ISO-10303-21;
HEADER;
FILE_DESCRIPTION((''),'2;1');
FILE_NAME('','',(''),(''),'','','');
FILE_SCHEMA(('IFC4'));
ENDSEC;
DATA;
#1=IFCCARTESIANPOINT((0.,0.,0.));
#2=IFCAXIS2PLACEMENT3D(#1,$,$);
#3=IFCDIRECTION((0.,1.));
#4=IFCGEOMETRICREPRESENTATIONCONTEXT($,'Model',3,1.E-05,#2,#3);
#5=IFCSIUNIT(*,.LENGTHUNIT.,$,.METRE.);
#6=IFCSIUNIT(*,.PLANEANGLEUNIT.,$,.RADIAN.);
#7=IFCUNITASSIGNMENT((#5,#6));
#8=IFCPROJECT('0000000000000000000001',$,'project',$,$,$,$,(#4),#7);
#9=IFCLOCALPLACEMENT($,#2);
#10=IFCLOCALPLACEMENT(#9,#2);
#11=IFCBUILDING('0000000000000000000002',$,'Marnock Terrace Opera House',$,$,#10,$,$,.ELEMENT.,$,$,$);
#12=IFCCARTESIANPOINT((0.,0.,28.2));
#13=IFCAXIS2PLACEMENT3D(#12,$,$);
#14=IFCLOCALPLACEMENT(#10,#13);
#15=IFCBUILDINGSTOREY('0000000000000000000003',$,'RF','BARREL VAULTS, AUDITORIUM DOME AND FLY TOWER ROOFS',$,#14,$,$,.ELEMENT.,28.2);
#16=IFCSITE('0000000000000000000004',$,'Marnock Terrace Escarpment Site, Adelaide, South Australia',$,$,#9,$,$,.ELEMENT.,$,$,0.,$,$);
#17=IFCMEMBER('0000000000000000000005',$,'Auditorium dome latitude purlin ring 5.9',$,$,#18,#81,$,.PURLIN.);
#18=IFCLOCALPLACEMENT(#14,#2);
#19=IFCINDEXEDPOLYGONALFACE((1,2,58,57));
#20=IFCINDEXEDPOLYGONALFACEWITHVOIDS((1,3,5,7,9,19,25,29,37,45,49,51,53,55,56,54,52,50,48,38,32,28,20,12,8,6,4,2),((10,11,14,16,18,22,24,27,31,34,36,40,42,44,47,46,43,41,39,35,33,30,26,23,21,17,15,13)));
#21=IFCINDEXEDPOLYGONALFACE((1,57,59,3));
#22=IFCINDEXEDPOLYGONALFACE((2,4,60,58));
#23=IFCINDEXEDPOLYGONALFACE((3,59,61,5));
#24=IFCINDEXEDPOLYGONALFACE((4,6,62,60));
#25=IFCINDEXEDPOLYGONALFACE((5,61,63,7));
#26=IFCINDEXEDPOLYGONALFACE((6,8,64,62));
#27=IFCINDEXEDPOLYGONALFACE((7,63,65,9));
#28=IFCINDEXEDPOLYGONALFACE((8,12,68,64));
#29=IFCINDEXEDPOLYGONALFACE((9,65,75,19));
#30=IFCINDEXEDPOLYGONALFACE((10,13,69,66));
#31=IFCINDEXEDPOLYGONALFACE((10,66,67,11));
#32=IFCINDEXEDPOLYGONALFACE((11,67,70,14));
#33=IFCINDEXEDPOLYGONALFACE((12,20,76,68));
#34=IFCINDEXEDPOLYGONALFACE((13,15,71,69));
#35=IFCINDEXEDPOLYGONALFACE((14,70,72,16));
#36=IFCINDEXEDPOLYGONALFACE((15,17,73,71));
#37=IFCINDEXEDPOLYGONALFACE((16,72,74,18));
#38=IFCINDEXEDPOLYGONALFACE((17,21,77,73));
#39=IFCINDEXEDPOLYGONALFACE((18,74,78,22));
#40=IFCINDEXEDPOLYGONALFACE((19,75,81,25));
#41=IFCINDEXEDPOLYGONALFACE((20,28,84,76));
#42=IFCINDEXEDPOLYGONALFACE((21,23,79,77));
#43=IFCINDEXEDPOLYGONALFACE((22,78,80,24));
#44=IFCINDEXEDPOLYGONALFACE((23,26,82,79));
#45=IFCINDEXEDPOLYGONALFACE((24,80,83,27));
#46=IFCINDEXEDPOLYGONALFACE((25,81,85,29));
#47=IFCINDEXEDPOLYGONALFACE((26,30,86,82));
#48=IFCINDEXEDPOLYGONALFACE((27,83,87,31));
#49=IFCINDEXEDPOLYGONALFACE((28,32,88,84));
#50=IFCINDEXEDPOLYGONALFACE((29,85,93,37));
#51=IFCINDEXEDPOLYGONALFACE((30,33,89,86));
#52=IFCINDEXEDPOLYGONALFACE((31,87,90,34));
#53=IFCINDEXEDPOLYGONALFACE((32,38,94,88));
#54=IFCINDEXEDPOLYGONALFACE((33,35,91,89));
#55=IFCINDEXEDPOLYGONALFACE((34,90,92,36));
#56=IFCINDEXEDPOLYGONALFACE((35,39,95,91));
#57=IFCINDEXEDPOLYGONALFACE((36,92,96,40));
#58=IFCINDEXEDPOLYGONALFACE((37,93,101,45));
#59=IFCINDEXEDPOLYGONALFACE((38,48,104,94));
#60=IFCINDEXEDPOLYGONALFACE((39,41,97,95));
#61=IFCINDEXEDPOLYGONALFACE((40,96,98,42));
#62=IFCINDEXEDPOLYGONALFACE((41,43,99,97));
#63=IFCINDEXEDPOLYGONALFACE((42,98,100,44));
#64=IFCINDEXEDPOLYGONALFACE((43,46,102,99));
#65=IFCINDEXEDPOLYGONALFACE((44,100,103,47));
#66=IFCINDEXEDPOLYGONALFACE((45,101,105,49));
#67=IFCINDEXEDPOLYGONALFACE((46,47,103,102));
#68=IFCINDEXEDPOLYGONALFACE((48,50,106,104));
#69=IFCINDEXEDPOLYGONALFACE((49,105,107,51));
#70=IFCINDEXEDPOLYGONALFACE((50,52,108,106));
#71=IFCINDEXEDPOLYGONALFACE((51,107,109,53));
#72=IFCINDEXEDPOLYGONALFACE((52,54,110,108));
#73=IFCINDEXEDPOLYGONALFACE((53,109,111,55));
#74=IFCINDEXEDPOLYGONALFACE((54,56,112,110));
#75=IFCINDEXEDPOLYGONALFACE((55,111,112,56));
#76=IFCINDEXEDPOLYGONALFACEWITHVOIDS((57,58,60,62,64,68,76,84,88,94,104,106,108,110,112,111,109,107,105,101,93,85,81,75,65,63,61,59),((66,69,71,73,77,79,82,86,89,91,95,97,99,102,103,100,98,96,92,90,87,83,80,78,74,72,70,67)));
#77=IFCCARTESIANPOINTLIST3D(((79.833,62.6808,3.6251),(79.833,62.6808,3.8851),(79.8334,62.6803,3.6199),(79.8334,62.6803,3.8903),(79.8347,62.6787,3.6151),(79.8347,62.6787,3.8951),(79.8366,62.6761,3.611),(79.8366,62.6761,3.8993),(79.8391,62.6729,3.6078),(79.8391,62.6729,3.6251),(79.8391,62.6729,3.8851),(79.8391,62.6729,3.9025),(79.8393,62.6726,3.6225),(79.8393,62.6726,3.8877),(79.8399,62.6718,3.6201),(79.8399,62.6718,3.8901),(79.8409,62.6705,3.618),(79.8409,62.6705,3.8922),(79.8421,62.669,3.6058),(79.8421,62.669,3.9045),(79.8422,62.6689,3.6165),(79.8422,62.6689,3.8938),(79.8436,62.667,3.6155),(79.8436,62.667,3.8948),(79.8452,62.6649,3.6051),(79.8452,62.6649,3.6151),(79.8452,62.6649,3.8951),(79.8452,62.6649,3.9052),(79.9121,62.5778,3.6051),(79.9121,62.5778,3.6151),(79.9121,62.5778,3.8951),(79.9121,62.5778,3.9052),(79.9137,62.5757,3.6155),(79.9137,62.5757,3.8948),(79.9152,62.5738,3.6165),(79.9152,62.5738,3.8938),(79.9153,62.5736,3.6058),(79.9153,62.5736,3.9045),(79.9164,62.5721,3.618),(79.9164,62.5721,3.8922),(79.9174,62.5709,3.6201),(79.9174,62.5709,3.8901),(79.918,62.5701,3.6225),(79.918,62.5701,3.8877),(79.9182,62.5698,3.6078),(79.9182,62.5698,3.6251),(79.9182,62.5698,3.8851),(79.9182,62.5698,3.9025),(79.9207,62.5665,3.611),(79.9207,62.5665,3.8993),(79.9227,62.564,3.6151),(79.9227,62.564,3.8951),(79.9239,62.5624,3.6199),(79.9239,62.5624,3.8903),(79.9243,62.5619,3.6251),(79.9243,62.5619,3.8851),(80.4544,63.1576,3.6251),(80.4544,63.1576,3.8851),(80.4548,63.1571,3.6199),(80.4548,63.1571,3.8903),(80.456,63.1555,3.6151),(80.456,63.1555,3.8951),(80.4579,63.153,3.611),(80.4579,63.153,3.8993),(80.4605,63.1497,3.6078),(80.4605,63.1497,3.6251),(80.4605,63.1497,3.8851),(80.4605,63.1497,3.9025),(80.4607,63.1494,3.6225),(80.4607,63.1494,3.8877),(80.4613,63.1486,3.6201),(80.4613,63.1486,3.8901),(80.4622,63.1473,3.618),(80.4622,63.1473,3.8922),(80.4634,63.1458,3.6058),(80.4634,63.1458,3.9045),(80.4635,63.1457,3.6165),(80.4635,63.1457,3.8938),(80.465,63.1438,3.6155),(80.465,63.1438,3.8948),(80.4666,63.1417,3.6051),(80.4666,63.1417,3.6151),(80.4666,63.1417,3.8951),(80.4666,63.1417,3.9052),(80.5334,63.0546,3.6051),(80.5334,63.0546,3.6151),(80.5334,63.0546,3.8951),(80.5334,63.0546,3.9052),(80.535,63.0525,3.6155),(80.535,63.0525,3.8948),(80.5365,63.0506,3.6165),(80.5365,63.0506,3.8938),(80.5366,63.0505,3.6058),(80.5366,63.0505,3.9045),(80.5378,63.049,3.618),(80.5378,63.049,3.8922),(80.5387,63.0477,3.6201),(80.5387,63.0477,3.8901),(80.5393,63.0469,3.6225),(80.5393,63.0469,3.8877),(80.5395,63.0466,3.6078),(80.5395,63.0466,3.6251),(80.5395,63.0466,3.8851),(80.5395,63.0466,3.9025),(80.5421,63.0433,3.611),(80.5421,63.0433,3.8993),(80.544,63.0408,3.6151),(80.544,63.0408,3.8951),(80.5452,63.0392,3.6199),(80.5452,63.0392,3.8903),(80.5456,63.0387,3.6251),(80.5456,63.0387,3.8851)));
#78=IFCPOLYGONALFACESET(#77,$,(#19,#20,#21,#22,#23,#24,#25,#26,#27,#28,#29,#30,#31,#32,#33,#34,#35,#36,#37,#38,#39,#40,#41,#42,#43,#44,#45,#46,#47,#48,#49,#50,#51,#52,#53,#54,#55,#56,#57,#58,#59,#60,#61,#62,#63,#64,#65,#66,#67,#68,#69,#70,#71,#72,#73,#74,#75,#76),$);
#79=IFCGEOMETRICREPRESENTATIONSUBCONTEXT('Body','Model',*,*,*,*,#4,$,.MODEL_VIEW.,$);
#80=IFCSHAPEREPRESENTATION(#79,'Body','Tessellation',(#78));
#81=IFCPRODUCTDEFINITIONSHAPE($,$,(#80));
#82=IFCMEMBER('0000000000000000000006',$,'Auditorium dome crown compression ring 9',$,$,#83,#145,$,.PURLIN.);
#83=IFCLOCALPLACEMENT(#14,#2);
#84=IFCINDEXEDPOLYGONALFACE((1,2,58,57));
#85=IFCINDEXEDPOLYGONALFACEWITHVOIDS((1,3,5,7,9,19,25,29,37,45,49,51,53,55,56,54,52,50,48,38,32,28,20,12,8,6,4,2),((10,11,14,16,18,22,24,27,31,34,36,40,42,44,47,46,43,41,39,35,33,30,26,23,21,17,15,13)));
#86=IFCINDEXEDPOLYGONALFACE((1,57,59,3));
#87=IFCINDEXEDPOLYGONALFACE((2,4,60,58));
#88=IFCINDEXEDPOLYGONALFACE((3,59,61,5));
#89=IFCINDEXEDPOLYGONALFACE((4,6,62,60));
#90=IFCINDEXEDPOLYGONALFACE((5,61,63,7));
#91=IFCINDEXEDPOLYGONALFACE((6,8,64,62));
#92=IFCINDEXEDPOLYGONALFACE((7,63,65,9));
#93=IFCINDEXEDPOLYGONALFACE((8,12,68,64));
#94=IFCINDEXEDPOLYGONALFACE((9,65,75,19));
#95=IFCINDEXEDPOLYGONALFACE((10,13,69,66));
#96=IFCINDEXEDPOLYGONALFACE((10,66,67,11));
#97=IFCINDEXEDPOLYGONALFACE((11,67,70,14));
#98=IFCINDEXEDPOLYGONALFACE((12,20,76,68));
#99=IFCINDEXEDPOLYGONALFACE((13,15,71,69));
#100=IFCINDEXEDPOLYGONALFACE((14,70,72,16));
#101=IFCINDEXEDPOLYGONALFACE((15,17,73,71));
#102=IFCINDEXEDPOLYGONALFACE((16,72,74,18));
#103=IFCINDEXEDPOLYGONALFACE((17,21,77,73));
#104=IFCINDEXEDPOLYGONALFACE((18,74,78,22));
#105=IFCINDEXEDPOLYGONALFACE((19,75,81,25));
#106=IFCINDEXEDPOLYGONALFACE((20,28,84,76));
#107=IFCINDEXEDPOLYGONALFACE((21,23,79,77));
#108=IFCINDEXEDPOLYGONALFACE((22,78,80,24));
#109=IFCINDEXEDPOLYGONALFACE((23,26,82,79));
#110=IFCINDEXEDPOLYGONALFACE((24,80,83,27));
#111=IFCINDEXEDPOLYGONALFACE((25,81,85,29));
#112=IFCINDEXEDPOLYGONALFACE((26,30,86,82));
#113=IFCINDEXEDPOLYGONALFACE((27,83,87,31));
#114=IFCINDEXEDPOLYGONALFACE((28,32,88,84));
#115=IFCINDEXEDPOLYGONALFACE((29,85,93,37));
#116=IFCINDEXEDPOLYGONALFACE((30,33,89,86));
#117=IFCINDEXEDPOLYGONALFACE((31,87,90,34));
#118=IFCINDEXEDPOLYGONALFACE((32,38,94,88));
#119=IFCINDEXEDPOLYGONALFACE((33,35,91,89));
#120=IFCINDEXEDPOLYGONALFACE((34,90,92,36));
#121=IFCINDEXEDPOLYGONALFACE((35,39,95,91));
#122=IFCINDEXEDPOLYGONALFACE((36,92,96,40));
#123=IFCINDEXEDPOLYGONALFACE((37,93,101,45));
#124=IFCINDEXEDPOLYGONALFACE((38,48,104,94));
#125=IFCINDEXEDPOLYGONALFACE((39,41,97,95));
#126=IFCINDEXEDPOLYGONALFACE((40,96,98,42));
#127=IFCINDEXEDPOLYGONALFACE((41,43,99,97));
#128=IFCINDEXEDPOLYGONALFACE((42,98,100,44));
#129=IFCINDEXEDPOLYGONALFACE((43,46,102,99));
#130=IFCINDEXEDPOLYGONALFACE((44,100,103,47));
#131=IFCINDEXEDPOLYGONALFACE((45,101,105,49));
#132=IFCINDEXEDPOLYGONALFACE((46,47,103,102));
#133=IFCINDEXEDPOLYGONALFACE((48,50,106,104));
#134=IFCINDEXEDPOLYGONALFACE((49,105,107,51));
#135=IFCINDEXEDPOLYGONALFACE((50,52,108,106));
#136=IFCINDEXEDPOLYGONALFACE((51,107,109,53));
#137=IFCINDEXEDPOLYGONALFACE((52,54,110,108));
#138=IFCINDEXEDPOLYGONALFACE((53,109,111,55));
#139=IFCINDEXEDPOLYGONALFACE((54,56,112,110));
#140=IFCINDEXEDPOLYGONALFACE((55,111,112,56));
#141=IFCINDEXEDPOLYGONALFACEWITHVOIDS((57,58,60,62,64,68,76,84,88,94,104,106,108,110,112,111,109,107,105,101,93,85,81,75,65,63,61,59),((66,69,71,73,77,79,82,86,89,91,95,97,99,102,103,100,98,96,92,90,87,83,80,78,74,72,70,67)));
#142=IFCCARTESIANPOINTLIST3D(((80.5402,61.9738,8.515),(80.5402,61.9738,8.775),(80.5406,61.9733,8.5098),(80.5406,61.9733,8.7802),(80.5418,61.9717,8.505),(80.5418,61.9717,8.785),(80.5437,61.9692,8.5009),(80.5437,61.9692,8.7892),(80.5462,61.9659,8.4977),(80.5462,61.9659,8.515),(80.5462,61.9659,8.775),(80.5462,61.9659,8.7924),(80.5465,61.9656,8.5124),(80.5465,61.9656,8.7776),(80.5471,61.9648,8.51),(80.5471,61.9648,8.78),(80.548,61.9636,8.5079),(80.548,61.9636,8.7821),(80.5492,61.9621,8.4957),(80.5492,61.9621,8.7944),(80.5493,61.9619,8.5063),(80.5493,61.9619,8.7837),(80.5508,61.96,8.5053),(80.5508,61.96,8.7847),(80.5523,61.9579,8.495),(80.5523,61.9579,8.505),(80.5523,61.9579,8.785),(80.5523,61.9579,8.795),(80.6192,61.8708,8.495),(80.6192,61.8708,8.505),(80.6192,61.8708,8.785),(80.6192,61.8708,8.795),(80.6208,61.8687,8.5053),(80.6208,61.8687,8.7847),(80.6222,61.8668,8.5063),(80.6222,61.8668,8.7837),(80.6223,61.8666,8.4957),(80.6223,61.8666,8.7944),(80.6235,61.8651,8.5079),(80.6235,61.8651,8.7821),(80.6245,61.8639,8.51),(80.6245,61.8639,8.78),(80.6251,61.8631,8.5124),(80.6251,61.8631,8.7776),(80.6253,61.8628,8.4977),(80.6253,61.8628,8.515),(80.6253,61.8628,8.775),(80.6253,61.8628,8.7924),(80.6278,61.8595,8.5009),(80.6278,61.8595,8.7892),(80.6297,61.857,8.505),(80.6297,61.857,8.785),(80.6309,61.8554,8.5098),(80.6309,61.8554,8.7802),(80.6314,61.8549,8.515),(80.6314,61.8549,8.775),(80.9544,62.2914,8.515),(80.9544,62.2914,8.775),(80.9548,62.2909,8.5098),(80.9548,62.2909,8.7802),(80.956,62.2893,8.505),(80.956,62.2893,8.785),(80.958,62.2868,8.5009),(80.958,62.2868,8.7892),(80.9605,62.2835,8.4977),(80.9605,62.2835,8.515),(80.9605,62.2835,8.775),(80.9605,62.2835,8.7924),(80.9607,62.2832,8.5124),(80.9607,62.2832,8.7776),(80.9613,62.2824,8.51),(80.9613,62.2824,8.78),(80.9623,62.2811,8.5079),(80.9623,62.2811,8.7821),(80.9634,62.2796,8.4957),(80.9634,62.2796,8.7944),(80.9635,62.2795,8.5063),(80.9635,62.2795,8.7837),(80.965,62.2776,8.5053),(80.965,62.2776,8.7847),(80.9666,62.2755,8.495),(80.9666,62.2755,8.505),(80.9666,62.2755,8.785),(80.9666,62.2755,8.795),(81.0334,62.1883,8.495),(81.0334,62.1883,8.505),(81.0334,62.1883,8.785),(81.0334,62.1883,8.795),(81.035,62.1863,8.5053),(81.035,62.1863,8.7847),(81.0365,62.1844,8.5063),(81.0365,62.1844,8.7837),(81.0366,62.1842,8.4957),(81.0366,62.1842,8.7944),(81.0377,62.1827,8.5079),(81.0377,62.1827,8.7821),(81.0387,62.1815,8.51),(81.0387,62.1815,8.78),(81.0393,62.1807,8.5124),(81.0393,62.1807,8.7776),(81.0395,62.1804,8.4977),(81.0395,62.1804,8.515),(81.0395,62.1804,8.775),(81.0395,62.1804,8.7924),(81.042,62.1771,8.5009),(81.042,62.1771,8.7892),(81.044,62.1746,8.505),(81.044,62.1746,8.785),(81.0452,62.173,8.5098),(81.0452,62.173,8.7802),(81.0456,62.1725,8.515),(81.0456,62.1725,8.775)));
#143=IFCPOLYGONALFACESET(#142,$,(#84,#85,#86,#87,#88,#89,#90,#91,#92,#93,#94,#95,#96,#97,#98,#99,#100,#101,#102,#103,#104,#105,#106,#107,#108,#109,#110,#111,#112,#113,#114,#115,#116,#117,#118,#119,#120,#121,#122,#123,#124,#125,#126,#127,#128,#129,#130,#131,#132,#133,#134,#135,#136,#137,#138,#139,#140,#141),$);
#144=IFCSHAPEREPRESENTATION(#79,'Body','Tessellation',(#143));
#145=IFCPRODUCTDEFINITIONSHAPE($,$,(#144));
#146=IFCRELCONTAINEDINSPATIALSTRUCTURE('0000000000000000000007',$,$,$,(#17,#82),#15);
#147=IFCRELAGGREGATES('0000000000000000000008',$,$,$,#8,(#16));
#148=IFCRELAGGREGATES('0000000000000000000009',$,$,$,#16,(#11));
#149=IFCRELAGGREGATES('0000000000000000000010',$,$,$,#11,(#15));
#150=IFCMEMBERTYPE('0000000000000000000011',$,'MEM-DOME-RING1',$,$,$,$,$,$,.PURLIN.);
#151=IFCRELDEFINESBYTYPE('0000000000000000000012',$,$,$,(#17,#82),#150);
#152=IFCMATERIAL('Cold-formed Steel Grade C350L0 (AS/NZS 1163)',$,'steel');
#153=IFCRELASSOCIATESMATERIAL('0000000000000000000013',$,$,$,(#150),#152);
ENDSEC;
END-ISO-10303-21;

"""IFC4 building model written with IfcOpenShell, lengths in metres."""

from ifc_helpers import new_model, si_unit, direction, frame, origin, origin_2d, place, context, subcontext, project, spatial, hollow_rectangle, extrude, material, material_profile, profile_set, type_object, element, save


model = new_model("IFC4")

# Units and contexts
model_context = context("Model", 3, precision=1e-05, world=origin(), true_north=direction((0.0, 1.0)))
body_context = subcontext(model_context, "Body", "Model", "MODEL_VIEW")
ifc_project = project(units=[si_unit("LENGTHUNIT", "METRE"), si_unit("PLANEANGLEUNIT", "RADIAN")], contexts=[model_context])

# Site, building, storey
site_placement = place(None, origin())
site = spatial("IfcSite", under=ifc_project, at=site_placement, Name="Marnock Terrace Escarpment Site, Adelaide, South Australia", CompositionType="ELEMENT", RefElevation=0.0)
building_placement = place(site_placement, origin())
building = spatial("IfcBuilding", under=site, at=building_placement, Name="Marnock Terrace Opera House", CompositionType="ELEMENT")
storey_placement = place(building_placement, frame((0.0, 0.0, 28.2)))
storey = spatial("IfcBuildingStorey", under=building, at=storey_placement, Name="RF", Description="BARREL VAULTS, AUDITORIUM DOME AND FLY TOWER ROOFS", CompositionType="ELEMENT", Elevation=28.2)

# Members
ifc_material_1 = material(Name="Cold-formed Steel Grade C350L0 (AS/NZS 1163)", Category="steel")
ifc_material_profile_1 = material_profile(ifc_material_1, hollow_rectangle(XDim=0.1499, YDim=0.3, WallThickness=0.01, InnerFilletRadius=0.01, OuterFilletRadius=0.02, at=origin_2d()))
ifc_profile_set_1 = profile_set([ifc_material_profile_1], Name="Cold-formed Steel Grade C350L0 (AS/NZS 1163)")
member_type_1 = type_object("IfcMemberType", Name="MEM-DOME-RING1", PredefinedType="PURLIN", material=ifc_profile_set_1)
member_1_placement = place(storey_placement, frame((80.5, 63.0981, 3.7551), z_axis=(-0.79333, -0.608791, 0.0), x_axis=(0.608791, -0.79333, 0.0)))
element("IfcMember", 1, at=member_1_placement, inside=storey, type_object=member_type_1, Name="Auditorium dome latitude purlin ring 5.9", PredefinedType="PURLIN", context=body_context, shape_type="SweptSolid", body=[
    extrude(hollow_rectangle(XDim=0.1499, YDim=0.3, WallThickness=0.01, InnerFilletRadius=0.01, OuterFilletRadius=0.02, at=origin_2d()), origin(), (0.0, 0.0, 1.0), 0.7832),
])
member_2_placement = place(storey_placement, frame((81.0, 62.2319, 8.645), z_axis=(-0.793614, -0.608422, 0.0), x_axis=(0.608422, -0.793614, 0.0)))
element("IfcMember", 2, at=member_2_placement, inside=storey, type_object=member_type_1, Name="Auditorium dome crown compression ring 9", PredefinedType="PURLIN", context=body_context, shape_type="SweptSolid", body=[
    extrude(hollow_rectangle(XDim=0.1499, YDim=0.3, WallThickness=0.01, InnerFilletRadius=0.01, OuterFilletRadius=0.02, at=origin_2d()), origin(), (0.0, 0.0, 1.0), 0.522),
])

save(model, "model.ifc")
